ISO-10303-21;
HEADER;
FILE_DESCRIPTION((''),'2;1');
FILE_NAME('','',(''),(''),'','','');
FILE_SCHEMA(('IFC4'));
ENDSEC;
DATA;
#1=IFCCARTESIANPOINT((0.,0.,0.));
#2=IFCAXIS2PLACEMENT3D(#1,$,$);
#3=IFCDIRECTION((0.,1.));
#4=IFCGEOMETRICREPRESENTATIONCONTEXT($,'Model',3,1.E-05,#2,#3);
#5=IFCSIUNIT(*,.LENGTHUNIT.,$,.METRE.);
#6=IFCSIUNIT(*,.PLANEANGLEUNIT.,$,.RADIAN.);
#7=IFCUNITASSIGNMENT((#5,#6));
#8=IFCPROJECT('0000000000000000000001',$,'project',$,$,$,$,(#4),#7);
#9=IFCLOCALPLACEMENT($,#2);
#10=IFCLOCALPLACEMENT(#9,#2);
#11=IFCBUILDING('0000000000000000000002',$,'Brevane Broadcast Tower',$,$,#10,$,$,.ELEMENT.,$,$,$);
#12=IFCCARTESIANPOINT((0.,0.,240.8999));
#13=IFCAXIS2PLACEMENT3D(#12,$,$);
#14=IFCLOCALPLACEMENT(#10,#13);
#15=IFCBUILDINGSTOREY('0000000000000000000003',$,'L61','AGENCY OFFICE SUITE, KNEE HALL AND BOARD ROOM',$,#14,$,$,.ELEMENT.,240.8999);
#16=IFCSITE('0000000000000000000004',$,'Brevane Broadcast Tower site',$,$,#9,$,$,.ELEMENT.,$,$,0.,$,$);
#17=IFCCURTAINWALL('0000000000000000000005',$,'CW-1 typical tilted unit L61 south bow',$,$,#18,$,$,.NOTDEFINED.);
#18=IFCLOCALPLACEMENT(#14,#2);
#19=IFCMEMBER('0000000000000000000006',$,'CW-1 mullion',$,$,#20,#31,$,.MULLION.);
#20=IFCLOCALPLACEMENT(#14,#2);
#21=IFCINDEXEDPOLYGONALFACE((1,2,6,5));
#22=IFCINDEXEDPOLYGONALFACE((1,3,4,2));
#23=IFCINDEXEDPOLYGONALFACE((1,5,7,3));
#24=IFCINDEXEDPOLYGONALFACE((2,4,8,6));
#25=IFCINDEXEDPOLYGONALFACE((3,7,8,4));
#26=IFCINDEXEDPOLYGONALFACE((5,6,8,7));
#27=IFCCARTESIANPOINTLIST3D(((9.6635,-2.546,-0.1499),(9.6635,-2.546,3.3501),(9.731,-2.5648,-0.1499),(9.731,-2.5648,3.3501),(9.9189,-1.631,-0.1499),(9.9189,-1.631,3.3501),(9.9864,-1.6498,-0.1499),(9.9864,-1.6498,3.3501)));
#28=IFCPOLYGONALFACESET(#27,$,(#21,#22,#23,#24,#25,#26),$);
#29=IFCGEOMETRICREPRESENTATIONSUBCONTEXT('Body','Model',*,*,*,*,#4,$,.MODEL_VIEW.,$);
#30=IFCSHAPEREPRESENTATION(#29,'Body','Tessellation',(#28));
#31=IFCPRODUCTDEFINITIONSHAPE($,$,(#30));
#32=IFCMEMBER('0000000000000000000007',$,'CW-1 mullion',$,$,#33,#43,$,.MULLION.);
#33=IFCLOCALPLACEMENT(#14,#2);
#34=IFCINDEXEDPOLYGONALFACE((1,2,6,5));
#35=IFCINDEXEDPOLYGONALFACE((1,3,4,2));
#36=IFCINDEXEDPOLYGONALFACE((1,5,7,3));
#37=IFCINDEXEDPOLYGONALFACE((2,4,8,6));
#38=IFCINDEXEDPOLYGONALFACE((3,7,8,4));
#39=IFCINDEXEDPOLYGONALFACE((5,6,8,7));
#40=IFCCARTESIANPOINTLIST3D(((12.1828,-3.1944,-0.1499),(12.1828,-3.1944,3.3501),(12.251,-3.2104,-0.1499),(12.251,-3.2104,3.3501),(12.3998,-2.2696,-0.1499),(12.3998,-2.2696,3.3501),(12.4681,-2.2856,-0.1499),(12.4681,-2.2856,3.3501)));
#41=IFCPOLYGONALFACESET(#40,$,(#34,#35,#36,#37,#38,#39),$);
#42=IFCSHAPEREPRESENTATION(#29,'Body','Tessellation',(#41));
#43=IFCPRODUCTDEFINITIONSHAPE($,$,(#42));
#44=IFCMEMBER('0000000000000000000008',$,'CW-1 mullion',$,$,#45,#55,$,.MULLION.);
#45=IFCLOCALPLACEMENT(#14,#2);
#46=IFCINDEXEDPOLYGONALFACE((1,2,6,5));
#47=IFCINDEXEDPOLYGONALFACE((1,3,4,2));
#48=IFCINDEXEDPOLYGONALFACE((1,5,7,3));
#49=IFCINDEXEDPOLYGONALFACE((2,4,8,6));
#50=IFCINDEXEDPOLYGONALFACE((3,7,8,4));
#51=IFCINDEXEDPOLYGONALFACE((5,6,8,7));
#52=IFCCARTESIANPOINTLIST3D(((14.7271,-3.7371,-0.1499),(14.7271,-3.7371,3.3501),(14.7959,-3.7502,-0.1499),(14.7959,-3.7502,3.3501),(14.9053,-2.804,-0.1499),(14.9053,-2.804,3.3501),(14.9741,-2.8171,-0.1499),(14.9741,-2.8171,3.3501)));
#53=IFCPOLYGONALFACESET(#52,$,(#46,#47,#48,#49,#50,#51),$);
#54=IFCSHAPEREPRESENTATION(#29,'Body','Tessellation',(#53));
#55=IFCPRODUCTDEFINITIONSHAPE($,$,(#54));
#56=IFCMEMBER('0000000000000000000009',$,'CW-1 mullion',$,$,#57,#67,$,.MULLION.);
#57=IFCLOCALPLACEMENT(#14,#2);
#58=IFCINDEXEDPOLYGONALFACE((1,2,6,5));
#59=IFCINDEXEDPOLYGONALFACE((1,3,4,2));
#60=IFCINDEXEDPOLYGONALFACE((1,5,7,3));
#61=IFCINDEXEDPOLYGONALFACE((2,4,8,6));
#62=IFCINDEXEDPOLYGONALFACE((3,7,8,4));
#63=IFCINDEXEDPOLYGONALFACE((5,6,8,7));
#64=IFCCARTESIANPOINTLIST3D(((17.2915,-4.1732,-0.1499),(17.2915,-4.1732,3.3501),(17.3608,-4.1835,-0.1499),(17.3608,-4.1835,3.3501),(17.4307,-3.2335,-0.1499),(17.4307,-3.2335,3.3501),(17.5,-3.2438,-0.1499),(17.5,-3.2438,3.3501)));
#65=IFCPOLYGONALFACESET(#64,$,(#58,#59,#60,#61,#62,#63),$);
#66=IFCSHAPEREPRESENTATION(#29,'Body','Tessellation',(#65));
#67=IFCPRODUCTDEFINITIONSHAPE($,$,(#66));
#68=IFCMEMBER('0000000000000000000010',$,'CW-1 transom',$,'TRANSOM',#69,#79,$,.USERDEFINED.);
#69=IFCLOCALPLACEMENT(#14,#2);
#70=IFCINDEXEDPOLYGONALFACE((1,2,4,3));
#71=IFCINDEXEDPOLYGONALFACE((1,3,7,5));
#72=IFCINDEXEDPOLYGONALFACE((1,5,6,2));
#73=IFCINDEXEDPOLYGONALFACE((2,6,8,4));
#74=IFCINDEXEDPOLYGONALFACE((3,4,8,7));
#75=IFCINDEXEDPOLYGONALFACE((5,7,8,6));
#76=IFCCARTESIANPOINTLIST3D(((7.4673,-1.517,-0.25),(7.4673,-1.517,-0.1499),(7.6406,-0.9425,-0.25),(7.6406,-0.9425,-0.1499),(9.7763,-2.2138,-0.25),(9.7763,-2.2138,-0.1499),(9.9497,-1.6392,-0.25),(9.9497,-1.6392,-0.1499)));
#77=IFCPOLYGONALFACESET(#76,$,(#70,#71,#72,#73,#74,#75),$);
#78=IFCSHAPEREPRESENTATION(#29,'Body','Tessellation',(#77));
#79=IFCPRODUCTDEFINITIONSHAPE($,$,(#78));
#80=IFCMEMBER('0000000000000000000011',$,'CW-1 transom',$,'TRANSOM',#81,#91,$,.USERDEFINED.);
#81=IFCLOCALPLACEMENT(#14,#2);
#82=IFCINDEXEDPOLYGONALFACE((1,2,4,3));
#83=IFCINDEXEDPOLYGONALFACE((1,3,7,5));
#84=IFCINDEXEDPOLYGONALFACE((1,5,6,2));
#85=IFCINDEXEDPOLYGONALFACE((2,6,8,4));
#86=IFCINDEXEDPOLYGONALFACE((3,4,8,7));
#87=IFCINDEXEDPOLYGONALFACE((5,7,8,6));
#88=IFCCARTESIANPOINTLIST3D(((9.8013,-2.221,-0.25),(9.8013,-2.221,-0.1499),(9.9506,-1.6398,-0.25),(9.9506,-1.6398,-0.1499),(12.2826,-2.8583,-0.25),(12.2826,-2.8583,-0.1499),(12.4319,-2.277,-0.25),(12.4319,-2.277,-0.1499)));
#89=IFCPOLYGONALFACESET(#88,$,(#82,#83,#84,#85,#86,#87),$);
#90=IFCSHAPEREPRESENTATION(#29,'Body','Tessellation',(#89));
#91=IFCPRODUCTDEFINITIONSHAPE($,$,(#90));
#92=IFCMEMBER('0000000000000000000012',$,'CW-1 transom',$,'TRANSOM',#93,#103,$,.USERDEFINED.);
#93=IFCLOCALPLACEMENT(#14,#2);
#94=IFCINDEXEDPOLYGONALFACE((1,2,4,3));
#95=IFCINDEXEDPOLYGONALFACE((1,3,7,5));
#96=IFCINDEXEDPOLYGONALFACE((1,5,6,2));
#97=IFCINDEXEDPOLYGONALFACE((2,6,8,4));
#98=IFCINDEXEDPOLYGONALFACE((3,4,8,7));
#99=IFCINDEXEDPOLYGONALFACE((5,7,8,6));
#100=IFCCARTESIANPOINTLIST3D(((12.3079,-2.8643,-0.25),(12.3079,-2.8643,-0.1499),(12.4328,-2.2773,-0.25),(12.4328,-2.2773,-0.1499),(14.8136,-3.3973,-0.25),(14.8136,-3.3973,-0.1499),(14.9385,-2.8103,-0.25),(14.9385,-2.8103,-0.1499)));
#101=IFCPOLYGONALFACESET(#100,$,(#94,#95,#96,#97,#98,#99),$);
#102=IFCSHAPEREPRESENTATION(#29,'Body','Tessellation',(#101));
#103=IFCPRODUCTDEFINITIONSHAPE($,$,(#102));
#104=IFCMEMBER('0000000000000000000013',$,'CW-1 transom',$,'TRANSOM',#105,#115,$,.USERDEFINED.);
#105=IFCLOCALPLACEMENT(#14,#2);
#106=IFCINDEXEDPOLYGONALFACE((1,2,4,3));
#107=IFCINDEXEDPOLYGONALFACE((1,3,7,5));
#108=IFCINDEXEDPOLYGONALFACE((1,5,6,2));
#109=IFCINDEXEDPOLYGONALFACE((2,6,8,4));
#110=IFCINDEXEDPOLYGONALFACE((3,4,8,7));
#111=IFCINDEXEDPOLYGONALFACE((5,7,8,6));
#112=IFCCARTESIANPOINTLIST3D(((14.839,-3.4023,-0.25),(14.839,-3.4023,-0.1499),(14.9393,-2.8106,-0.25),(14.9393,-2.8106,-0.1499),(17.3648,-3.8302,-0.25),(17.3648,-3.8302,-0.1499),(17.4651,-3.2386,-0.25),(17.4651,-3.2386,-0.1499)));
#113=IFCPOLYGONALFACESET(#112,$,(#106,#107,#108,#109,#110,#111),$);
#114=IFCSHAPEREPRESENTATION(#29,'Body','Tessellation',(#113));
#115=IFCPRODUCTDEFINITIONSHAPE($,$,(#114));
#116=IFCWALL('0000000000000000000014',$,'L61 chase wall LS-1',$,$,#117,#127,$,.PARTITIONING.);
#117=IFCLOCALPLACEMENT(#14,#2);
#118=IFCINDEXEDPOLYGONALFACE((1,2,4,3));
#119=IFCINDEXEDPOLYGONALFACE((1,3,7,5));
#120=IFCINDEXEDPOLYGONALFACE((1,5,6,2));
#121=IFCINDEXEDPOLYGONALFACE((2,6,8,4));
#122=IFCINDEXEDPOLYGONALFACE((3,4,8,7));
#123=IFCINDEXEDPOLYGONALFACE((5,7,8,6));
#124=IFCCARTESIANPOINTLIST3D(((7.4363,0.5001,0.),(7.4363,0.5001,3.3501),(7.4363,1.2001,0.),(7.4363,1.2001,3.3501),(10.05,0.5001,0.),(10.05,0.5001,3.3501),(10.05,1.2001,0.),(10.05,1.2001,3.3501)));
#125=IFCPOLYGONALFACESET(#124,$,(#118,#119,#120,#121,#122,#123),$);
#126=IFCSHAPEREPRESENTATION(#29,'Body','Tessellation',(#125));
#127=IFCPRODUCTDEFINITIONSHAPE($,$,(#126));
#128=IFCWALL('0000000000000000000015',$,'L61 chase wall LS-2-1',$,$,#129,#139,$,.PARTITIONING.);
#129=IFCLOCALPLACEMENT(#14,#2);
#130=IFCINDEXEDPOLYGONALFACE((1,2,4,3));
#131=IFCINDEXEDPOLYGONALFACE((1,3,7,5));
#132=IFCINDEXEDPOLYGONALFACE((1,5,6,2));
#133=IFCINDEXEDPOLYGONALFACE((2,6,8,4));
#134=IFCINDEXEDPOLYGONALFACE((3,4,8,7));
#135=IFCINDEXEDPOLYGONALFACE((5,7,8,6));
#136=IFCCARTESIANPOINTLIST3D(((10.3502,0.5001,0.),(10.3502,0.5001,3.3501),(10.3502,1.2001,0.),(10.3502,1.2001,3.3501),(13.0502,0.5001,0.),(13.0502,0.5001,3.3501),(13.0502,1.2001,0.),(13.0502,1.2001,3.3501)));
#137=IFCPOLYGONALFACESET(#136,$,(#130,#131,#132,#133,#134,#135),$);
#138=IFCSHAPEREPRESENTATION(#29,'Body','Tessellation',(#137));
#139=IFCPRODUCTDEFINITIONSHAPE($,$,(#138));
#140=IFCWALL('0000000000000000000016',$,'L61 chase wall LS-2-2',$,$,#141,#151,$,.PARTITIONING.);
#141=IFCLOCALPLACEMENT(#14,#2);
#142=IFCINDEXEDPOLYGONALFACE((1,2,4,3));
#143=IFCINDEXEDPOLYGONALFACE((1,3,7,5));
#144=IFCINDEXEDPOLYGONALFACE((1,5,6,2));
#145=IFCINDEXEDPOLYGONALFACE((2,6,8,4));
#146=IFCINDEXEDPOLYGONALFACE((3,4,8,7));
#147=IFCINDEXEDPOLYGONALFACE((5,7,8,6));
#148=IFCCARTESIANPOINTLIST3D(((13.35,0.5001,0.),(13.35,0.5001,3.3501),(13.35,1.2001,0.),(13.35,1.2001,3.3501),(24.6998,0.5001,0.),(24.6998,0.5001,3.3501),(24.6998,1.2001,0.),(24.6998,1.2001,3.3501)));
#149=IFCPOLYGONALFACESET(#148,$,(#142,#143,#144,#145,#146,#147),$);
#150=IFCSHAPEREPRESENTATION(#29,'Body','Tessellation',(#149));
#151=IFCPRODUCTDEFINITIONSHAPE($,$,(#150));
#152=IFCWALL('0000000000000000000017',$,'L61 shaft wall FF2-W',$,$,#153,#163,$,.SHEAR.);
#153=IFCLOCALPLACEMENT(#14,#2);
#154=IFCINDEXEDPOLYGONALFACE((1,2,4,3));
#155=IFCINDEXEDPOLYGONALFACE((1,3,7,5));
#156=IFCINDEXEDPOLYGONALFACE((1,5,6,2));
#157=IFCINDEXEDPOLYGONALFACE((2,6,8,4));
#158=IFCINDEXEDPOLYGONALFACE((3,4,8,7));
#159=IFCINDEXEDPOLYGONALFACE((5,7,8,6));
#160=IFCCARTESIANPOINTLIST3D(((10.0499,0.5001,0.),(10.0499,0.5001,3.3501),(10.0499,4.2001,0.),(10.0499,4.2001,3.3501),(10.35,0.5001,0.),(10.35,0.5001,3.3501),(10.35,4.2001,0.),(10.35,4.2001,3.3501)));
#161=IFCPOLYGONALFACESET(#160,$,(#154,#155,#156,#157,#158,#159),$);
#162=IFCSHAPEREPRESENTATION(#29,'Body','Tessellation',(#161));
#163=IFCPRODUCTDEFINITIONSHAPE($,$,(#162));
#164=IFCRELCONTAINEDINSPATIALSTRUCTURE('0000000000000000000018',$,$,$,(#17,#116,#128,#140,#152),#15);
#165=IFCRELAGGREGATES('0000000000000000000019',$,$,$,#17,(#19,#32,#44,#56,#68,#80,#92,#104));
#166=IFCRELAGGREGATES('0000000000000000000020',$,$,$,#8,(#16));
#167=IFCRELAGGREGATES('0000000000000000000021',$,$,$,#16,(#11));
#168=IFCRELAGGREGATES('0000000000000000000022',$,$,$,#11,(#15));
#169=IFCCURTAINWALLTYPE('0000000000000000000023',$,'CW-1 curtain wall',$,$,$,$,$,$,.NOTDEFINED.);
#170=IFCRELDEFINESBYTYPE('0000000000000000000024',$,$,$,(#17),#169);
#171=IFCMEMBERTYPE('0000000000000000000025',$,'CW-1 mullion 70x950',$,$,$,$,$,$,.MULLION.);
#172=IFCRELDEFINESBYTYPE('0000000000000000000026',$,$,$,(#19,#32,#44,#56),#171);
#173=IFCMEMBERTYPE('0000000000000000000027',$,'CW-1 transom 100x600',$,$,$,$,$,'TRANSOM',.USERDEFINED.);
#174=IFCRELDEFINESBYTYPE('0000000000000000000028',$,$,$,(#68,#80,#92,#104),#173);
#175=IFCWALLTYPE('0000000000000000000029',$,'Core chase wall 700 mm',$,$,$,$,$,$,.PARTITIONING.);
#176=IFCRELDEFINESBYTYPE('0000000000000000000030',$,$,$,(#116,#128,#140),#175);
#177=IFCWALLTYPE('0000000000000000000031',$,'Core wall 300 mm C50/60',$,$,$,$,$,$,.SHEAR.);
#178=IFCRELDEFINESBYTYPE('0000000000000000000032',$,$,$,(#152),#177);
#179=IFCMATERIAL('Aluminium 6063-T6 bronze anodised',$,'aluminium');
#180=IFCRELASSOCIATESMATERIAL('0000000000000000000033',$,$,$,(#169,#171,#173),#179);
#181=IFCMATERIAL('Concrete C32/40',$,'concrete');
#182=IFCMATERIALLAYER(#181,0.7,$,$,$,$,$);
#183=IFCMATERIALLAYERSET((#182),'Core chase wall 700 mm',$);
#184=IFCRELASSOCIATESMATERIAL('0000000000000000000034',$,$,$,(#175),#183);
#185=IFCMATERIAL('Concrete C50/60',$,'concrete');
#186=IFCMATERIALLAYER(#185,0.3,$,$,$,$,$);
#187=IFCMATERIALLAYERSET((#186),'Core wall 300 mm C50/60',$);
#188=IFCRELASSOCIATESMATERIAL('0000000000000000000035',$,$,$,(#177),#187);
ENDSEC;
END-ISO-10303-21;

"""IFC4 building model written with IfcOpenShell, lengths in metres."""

from ifc_helpers import new_model, si_unit, direction, frame, frame_2d, origin, origin_2d, place, context, subcontext, project, spatial, rectangle, extrude, material, layer, layer_set, material_profile, profile_set, type_object, element, aggregate, save


model = new_model("IFC4")

# Units and contexts
model_context = context("Model", 3, precision=1e-05, world=origin(), true_north=direction((0.0, 1.0)))
body_context = subcontext(model_context, "Body", "Model", "MODEL_VIEW")
ifc_project = project(units=[si_unit("LENGTHUNIT", "METRE"), si_unit("PLANEANGLEUNIT", "RADIAN")], contexts=[model_context])

# Site, building, storey
site_placement = place(None, origin())
site = spatial("IfcSite", under=ifc_project, at=site_placement, Name="Brevane Broadcast Tower site", CompositionType="ELEMENT", RefElevation=0.0)
building_placement = place(site_placement, origin())
building = spatial("IfcBuilding", under=site, at=building_placement, Name="Brevane Broadcast Tower", CompositionType="ELEMENT")
storey_placement = place(building_placement, frame((0.0, 0.0, 240.8999)))
storey = spatial("IfcBuildingStorey", under=building, at=storey_placement, Name="L61", Description="AGENCY OFFICE SUITE, KNEE HALL AND BOARD ROOM", CompositionType="ELEMENT", Elevation=240.8999)

# Curtain wall, members
ifc_material_1 = material(Name="Aluminium 6063-T6 bronze anodised", Category="aluminium")
curtain_wall_type = type_object("IfcCurtainWallType", Name="CW-1 curtain wall", PredefinedType="NOTDEFINED", material=ifc_material_1)
curtain_wall_placement = place(storey_placement, origin())
curtain_wall = element("IfcCurtainWall", 1, at=curtain_wall_placement, inside=storey, type_object=curtain_wall_type, Name="CW-1 typical tilted unit L61 south bow", PredefinedType="NOTDEFINED")
ifc_material_profile_1 = material_profile(ifc_material_1, rectangle(XDim=0.95, YDim=0.0701, at=origin_2d()), Name="RECT 70x950")
ifc_profile_set_1 = profile_set([ifc_material_profile_1], Name="Aluminium 6063-T6 bronze anodised")
member_type_1 = type_object("IfcMemberType", Name="CW-1 mullion 70x950", PredefinedType="MULLION", material=ifc_profile_set_1)
member_1_placement = place(storey_placement, frame((9.825, -2.0979, -0.1499), z_axis=(0.0, 0.0, 1.0), x_axis=(0.268916, 0.963164, 0.0)))
member_1 = element("IfcMember", 2, at=member_1_placement, type_object=member_type_1, Name="CW-1 mullion", PredefinedType="MULLION", context=body_context, shape_type="SweptSolid", body=[
    extrude(rectangle(XDim=0.95, YDim=0.0701, at=origin_2d()), origin(), (0.0, 0.0, 1.0), 3.5),
])
member_2_placement = place(storey_placement, frame((12.3254, -2.74, -0.1499), z_axis=(0.0, 0.0, 1.0), x_axis=(0.228467, 0.973552, 0.0)))
member_2 = element("IfcMember", 3, at=member_2_placement, type_object=member_type_1, Name="CW-1 mullion", PredefinedType="MULLION", context=body_context, shape_type="SweptSolid", body=[
    extrude(rectangle(XDim=0.95, YDim=0.0701, at=origin_2d()), origin(), (0.0, 0.0, 1.0), 3.5),
])
member_3_placement = place(storey_placement, frame((14.8506, -3.2771, -0.1499), z_axis=(0.0, 0.0, 1.0), x_axis=(0.187621, 0.982242, 0.0)))
member_3 = element("IfcMember", 4, at=member_3_placement, type_object=member_type_1, Name="CW-1 mullion", PredefinedType="MULLION", context=body_context, shape_type="SweptSolid", body=[
    extrude(rectangle(XDim=0.95, YDim=0.0701, at=origin_2d()), origin(), (0.0, 0.0, 1.0), 3.5),
])
member_4_placement = place(storey_placement, frame((17.3958, -3.7085, -0.1499), z_axis=(0.0, 0.0, 1.0), x_axis=(0.146447, 0.989218, 0.0)))
member_4 = element("IfcMember", 5, at=member_4_placement, type_object=member_type_1, Name="CW-1 mullion", PredefinedType="MULLION", context=body_context, shape_type="SweptSolid", body=[
    extrude(rectangle(XDim=0.95, YDim=0.0701, at=origin_2d()), origin(), (0.0, 0.0, 1.0), 3.5),
])
ifc_material_profile_2 = material_profile(ifc_material_1, rectangle(XDim=0.6001, YDim=0.1001, at=origin_2d()), Name="RECT 100x600")
ifc_profile_set_2 = profile_set([ifc_material_profile_2], Name="Aluminium 6063-T6 bronze anodised")
member_type_2 = type_object("IfcMemberType", Name="CW-1 transom 100x600", ElementType="TRANSOM", PredefinedType="USERDEFINED", material=ifc_profile_set_2)
member_5_placement = place(storey_placement, frame((7.554, -1.2297, -0.2), z_axis=(0.957363, -0.288889, 0.0), x_axis=(0.288889, 0.957363, 0.0)))
member_5 = element("IfcMember", 6, at=member_5_placement, type_object=member_type_2, Name="CW-1 transom", ObjectType="TRANSOM", PredefinedType="USERDEFINED", context=body_context, shape_type="SweptSolid", body=[
    extrude(rectangle(XDim=0.6001, YDim=0.1001, at=origin_2d()), origin(), (0.0, 0.0, 1.0), 2.4119),
])
member_6_placement = place(storey_placement, frame((9.876, -1.9304, -0.2), z_axis=(0.96857, -0.248742, 0.0), x_axis=(0.248742, 0.96857, 0.0)))
member_6 = element("IfcMember", 7, at=member_6_placement, type_object=member_type_2, Name="CW-1 transom", ObjectType="TRANSOM", PredefinedType="USERDEFINED", context=body_context, shape_type="SweptSolid", body=[
    extrude(rectangle(XDim=0.6001, YDim=0.1001, at=origin_2d()), origin(), (0.0, 0.0, 1.0), 2.5618),
])
member_7_placement = place(storey_placement, frame((12.3704, -2.5708, -0.2), z_axis=(0.978118, -0.208051, 0.0), x_axis=(0.208051, 0.978118, 0.0)))
member_7 = element("IfcMember", 8, at=member_7_placement, type_object=member_type_2, Name="CW-1 transom", ObjectType="TRANSOM", PredefinedType="USERDEFINED", context=body_context, shape_type="SweptSolid", body=[
    extrude(rectangle(XDim=0.6001, YDim=0.1001, at=origin_2d()), origin(), (0.0, 0.0, 1.0), 2.5618),
])
member_8_placement = place(storey_placement, frame((14.8892, -3.1064, -0.2), z_axis=(0.985947, -0.167056, 0.0), x_axis=(0.167056, 0.985947, 0.0)))
member_8 = element("IfcMember", 9, at=member_8_placement, type_object=member_type_2, Name="CW-1 transom", ObjectType="TRANSOM", PredefinedType="USERDEFINED", context=body_context, shape_type="SweptSolid", body=[
    extrude(rectangle(XDim=0.6001, YDim=0.1001, at=origin_2d()), origin(), (0.0, 0.0, 1.0), 2.5618),
])
aggregate(curtain_wall, [member_1, member_2, member_3, member_4, member_5, member_6, member_7, member_8])

# Walls
ifc_material_2 = material(Name="Concrete C32/40", Category="concrete")
ifc_layer_1 = layer(ifc_material_2, 0.7)
ifc_layer_set_1 = layer_set([ifc_layer_1], Name="Core chase wall 700 mm")
wall_type_1 = type_object("IfcWallType", Name="Core chase wall 700 mm", PredefinedType="PARTITIONING", material=ifc_layer_set_1)
wall_1_placement = place(storey_placement, frame((7.4363, 0.8501, 0.0), z_axis=(0.0, 0.0, 1.0), x_axis=(1.0, 0.0, 0.0)))
element("IfcWall", 10, at=wall_1_placement, inside=storey, type_object=wall_type_1, Name="L61 chase wall LS-1", PredefinedType="PARTITIONING", context=body_context, shape_type="SweptSolid", body=[
    extrude(rectangle(XDim=2.6138, YDim=0.7, at=frame_2d((1.3069, 0.0))), origin(), (0.0, 0.0, 1.0), 3.3501),
])
wall_2_placement = place(storey_placement, frame((10.3501, 0.8501, 0.0), z_axis=(0.0, 0.0, 1.0), x_axis=(1.0, 0.0, 0.0)))
element("IfcWall", 11, at=wall_2_placement, inside=storey, type_object=wall_type_1, Name="L61 chase wall LS-2-1", PredefinedType="PARTITIONING", context=body_context, shape_type="SweptSolid", body=[
    extrude(rectangle(XDim=2.7, YDim=0.7, at=frame_2d((1.3501, 0.0))), origin(), (0.0, 0.0, 1.0), 3.3501),
])
wall_3_placement = place(storey_placement, frame((13.3501, 0.8501, 0.0), z_axis=(0.0, 0.0, 1.0), x_axis=(1.0, 0.0, 0.0)))
element("IfcWall", 12, at=wall_3_placement, inside=storey, type_object=wall_type_1, Name="L61 chase wall LS-2-2", PredefinedType="PARTITIONING", context=body_context, shape_type="SweptSolid", body=[
    extrude(rectangle(XDim=11.3499, YDim=0.7, at=frame_2d((5.6748, 0.0))), origin(), (0.0, 0.0, 1.0), 3.3501),
])
ifc_material_3 = material(Name="Concrete C50/60", Category="concrete")
ifc_layer_2 = layer(ifc_material_3, 0.3)
ifc_layer_set_2 = layer_set([ifc_layer_2], Name="Core wall 300 mm C50/60")
wall_type_2 = type_object("IfcWallType", Name="Core wall 300 mm C50/60", PredefinedType="SHEAR", material=ifc_layer_set_2)
wall_4_placement = place(storey_placement, frame((10.2, 0.5, 0.0), z_axis=(0.0, 0.0, 1.0), x_axis=(0.0, 1.0, 0.0)))
element("IfcWall", 13, at=wall_4_placement, inside=storey, type_object=wall_type_2, Name="L61 shaft wall FF2-W", PredefinedType="SHEAR", context=body_context, shape_type="SweptSolid", body=[
    extrude(rectangle(XDim=3.7, YDim=0.3, at=frame_2d((1.8501, 0.0))), origin(), (0.0, 0.0, 1.0), 3.3501),
])

save(model, "model.ifc")
